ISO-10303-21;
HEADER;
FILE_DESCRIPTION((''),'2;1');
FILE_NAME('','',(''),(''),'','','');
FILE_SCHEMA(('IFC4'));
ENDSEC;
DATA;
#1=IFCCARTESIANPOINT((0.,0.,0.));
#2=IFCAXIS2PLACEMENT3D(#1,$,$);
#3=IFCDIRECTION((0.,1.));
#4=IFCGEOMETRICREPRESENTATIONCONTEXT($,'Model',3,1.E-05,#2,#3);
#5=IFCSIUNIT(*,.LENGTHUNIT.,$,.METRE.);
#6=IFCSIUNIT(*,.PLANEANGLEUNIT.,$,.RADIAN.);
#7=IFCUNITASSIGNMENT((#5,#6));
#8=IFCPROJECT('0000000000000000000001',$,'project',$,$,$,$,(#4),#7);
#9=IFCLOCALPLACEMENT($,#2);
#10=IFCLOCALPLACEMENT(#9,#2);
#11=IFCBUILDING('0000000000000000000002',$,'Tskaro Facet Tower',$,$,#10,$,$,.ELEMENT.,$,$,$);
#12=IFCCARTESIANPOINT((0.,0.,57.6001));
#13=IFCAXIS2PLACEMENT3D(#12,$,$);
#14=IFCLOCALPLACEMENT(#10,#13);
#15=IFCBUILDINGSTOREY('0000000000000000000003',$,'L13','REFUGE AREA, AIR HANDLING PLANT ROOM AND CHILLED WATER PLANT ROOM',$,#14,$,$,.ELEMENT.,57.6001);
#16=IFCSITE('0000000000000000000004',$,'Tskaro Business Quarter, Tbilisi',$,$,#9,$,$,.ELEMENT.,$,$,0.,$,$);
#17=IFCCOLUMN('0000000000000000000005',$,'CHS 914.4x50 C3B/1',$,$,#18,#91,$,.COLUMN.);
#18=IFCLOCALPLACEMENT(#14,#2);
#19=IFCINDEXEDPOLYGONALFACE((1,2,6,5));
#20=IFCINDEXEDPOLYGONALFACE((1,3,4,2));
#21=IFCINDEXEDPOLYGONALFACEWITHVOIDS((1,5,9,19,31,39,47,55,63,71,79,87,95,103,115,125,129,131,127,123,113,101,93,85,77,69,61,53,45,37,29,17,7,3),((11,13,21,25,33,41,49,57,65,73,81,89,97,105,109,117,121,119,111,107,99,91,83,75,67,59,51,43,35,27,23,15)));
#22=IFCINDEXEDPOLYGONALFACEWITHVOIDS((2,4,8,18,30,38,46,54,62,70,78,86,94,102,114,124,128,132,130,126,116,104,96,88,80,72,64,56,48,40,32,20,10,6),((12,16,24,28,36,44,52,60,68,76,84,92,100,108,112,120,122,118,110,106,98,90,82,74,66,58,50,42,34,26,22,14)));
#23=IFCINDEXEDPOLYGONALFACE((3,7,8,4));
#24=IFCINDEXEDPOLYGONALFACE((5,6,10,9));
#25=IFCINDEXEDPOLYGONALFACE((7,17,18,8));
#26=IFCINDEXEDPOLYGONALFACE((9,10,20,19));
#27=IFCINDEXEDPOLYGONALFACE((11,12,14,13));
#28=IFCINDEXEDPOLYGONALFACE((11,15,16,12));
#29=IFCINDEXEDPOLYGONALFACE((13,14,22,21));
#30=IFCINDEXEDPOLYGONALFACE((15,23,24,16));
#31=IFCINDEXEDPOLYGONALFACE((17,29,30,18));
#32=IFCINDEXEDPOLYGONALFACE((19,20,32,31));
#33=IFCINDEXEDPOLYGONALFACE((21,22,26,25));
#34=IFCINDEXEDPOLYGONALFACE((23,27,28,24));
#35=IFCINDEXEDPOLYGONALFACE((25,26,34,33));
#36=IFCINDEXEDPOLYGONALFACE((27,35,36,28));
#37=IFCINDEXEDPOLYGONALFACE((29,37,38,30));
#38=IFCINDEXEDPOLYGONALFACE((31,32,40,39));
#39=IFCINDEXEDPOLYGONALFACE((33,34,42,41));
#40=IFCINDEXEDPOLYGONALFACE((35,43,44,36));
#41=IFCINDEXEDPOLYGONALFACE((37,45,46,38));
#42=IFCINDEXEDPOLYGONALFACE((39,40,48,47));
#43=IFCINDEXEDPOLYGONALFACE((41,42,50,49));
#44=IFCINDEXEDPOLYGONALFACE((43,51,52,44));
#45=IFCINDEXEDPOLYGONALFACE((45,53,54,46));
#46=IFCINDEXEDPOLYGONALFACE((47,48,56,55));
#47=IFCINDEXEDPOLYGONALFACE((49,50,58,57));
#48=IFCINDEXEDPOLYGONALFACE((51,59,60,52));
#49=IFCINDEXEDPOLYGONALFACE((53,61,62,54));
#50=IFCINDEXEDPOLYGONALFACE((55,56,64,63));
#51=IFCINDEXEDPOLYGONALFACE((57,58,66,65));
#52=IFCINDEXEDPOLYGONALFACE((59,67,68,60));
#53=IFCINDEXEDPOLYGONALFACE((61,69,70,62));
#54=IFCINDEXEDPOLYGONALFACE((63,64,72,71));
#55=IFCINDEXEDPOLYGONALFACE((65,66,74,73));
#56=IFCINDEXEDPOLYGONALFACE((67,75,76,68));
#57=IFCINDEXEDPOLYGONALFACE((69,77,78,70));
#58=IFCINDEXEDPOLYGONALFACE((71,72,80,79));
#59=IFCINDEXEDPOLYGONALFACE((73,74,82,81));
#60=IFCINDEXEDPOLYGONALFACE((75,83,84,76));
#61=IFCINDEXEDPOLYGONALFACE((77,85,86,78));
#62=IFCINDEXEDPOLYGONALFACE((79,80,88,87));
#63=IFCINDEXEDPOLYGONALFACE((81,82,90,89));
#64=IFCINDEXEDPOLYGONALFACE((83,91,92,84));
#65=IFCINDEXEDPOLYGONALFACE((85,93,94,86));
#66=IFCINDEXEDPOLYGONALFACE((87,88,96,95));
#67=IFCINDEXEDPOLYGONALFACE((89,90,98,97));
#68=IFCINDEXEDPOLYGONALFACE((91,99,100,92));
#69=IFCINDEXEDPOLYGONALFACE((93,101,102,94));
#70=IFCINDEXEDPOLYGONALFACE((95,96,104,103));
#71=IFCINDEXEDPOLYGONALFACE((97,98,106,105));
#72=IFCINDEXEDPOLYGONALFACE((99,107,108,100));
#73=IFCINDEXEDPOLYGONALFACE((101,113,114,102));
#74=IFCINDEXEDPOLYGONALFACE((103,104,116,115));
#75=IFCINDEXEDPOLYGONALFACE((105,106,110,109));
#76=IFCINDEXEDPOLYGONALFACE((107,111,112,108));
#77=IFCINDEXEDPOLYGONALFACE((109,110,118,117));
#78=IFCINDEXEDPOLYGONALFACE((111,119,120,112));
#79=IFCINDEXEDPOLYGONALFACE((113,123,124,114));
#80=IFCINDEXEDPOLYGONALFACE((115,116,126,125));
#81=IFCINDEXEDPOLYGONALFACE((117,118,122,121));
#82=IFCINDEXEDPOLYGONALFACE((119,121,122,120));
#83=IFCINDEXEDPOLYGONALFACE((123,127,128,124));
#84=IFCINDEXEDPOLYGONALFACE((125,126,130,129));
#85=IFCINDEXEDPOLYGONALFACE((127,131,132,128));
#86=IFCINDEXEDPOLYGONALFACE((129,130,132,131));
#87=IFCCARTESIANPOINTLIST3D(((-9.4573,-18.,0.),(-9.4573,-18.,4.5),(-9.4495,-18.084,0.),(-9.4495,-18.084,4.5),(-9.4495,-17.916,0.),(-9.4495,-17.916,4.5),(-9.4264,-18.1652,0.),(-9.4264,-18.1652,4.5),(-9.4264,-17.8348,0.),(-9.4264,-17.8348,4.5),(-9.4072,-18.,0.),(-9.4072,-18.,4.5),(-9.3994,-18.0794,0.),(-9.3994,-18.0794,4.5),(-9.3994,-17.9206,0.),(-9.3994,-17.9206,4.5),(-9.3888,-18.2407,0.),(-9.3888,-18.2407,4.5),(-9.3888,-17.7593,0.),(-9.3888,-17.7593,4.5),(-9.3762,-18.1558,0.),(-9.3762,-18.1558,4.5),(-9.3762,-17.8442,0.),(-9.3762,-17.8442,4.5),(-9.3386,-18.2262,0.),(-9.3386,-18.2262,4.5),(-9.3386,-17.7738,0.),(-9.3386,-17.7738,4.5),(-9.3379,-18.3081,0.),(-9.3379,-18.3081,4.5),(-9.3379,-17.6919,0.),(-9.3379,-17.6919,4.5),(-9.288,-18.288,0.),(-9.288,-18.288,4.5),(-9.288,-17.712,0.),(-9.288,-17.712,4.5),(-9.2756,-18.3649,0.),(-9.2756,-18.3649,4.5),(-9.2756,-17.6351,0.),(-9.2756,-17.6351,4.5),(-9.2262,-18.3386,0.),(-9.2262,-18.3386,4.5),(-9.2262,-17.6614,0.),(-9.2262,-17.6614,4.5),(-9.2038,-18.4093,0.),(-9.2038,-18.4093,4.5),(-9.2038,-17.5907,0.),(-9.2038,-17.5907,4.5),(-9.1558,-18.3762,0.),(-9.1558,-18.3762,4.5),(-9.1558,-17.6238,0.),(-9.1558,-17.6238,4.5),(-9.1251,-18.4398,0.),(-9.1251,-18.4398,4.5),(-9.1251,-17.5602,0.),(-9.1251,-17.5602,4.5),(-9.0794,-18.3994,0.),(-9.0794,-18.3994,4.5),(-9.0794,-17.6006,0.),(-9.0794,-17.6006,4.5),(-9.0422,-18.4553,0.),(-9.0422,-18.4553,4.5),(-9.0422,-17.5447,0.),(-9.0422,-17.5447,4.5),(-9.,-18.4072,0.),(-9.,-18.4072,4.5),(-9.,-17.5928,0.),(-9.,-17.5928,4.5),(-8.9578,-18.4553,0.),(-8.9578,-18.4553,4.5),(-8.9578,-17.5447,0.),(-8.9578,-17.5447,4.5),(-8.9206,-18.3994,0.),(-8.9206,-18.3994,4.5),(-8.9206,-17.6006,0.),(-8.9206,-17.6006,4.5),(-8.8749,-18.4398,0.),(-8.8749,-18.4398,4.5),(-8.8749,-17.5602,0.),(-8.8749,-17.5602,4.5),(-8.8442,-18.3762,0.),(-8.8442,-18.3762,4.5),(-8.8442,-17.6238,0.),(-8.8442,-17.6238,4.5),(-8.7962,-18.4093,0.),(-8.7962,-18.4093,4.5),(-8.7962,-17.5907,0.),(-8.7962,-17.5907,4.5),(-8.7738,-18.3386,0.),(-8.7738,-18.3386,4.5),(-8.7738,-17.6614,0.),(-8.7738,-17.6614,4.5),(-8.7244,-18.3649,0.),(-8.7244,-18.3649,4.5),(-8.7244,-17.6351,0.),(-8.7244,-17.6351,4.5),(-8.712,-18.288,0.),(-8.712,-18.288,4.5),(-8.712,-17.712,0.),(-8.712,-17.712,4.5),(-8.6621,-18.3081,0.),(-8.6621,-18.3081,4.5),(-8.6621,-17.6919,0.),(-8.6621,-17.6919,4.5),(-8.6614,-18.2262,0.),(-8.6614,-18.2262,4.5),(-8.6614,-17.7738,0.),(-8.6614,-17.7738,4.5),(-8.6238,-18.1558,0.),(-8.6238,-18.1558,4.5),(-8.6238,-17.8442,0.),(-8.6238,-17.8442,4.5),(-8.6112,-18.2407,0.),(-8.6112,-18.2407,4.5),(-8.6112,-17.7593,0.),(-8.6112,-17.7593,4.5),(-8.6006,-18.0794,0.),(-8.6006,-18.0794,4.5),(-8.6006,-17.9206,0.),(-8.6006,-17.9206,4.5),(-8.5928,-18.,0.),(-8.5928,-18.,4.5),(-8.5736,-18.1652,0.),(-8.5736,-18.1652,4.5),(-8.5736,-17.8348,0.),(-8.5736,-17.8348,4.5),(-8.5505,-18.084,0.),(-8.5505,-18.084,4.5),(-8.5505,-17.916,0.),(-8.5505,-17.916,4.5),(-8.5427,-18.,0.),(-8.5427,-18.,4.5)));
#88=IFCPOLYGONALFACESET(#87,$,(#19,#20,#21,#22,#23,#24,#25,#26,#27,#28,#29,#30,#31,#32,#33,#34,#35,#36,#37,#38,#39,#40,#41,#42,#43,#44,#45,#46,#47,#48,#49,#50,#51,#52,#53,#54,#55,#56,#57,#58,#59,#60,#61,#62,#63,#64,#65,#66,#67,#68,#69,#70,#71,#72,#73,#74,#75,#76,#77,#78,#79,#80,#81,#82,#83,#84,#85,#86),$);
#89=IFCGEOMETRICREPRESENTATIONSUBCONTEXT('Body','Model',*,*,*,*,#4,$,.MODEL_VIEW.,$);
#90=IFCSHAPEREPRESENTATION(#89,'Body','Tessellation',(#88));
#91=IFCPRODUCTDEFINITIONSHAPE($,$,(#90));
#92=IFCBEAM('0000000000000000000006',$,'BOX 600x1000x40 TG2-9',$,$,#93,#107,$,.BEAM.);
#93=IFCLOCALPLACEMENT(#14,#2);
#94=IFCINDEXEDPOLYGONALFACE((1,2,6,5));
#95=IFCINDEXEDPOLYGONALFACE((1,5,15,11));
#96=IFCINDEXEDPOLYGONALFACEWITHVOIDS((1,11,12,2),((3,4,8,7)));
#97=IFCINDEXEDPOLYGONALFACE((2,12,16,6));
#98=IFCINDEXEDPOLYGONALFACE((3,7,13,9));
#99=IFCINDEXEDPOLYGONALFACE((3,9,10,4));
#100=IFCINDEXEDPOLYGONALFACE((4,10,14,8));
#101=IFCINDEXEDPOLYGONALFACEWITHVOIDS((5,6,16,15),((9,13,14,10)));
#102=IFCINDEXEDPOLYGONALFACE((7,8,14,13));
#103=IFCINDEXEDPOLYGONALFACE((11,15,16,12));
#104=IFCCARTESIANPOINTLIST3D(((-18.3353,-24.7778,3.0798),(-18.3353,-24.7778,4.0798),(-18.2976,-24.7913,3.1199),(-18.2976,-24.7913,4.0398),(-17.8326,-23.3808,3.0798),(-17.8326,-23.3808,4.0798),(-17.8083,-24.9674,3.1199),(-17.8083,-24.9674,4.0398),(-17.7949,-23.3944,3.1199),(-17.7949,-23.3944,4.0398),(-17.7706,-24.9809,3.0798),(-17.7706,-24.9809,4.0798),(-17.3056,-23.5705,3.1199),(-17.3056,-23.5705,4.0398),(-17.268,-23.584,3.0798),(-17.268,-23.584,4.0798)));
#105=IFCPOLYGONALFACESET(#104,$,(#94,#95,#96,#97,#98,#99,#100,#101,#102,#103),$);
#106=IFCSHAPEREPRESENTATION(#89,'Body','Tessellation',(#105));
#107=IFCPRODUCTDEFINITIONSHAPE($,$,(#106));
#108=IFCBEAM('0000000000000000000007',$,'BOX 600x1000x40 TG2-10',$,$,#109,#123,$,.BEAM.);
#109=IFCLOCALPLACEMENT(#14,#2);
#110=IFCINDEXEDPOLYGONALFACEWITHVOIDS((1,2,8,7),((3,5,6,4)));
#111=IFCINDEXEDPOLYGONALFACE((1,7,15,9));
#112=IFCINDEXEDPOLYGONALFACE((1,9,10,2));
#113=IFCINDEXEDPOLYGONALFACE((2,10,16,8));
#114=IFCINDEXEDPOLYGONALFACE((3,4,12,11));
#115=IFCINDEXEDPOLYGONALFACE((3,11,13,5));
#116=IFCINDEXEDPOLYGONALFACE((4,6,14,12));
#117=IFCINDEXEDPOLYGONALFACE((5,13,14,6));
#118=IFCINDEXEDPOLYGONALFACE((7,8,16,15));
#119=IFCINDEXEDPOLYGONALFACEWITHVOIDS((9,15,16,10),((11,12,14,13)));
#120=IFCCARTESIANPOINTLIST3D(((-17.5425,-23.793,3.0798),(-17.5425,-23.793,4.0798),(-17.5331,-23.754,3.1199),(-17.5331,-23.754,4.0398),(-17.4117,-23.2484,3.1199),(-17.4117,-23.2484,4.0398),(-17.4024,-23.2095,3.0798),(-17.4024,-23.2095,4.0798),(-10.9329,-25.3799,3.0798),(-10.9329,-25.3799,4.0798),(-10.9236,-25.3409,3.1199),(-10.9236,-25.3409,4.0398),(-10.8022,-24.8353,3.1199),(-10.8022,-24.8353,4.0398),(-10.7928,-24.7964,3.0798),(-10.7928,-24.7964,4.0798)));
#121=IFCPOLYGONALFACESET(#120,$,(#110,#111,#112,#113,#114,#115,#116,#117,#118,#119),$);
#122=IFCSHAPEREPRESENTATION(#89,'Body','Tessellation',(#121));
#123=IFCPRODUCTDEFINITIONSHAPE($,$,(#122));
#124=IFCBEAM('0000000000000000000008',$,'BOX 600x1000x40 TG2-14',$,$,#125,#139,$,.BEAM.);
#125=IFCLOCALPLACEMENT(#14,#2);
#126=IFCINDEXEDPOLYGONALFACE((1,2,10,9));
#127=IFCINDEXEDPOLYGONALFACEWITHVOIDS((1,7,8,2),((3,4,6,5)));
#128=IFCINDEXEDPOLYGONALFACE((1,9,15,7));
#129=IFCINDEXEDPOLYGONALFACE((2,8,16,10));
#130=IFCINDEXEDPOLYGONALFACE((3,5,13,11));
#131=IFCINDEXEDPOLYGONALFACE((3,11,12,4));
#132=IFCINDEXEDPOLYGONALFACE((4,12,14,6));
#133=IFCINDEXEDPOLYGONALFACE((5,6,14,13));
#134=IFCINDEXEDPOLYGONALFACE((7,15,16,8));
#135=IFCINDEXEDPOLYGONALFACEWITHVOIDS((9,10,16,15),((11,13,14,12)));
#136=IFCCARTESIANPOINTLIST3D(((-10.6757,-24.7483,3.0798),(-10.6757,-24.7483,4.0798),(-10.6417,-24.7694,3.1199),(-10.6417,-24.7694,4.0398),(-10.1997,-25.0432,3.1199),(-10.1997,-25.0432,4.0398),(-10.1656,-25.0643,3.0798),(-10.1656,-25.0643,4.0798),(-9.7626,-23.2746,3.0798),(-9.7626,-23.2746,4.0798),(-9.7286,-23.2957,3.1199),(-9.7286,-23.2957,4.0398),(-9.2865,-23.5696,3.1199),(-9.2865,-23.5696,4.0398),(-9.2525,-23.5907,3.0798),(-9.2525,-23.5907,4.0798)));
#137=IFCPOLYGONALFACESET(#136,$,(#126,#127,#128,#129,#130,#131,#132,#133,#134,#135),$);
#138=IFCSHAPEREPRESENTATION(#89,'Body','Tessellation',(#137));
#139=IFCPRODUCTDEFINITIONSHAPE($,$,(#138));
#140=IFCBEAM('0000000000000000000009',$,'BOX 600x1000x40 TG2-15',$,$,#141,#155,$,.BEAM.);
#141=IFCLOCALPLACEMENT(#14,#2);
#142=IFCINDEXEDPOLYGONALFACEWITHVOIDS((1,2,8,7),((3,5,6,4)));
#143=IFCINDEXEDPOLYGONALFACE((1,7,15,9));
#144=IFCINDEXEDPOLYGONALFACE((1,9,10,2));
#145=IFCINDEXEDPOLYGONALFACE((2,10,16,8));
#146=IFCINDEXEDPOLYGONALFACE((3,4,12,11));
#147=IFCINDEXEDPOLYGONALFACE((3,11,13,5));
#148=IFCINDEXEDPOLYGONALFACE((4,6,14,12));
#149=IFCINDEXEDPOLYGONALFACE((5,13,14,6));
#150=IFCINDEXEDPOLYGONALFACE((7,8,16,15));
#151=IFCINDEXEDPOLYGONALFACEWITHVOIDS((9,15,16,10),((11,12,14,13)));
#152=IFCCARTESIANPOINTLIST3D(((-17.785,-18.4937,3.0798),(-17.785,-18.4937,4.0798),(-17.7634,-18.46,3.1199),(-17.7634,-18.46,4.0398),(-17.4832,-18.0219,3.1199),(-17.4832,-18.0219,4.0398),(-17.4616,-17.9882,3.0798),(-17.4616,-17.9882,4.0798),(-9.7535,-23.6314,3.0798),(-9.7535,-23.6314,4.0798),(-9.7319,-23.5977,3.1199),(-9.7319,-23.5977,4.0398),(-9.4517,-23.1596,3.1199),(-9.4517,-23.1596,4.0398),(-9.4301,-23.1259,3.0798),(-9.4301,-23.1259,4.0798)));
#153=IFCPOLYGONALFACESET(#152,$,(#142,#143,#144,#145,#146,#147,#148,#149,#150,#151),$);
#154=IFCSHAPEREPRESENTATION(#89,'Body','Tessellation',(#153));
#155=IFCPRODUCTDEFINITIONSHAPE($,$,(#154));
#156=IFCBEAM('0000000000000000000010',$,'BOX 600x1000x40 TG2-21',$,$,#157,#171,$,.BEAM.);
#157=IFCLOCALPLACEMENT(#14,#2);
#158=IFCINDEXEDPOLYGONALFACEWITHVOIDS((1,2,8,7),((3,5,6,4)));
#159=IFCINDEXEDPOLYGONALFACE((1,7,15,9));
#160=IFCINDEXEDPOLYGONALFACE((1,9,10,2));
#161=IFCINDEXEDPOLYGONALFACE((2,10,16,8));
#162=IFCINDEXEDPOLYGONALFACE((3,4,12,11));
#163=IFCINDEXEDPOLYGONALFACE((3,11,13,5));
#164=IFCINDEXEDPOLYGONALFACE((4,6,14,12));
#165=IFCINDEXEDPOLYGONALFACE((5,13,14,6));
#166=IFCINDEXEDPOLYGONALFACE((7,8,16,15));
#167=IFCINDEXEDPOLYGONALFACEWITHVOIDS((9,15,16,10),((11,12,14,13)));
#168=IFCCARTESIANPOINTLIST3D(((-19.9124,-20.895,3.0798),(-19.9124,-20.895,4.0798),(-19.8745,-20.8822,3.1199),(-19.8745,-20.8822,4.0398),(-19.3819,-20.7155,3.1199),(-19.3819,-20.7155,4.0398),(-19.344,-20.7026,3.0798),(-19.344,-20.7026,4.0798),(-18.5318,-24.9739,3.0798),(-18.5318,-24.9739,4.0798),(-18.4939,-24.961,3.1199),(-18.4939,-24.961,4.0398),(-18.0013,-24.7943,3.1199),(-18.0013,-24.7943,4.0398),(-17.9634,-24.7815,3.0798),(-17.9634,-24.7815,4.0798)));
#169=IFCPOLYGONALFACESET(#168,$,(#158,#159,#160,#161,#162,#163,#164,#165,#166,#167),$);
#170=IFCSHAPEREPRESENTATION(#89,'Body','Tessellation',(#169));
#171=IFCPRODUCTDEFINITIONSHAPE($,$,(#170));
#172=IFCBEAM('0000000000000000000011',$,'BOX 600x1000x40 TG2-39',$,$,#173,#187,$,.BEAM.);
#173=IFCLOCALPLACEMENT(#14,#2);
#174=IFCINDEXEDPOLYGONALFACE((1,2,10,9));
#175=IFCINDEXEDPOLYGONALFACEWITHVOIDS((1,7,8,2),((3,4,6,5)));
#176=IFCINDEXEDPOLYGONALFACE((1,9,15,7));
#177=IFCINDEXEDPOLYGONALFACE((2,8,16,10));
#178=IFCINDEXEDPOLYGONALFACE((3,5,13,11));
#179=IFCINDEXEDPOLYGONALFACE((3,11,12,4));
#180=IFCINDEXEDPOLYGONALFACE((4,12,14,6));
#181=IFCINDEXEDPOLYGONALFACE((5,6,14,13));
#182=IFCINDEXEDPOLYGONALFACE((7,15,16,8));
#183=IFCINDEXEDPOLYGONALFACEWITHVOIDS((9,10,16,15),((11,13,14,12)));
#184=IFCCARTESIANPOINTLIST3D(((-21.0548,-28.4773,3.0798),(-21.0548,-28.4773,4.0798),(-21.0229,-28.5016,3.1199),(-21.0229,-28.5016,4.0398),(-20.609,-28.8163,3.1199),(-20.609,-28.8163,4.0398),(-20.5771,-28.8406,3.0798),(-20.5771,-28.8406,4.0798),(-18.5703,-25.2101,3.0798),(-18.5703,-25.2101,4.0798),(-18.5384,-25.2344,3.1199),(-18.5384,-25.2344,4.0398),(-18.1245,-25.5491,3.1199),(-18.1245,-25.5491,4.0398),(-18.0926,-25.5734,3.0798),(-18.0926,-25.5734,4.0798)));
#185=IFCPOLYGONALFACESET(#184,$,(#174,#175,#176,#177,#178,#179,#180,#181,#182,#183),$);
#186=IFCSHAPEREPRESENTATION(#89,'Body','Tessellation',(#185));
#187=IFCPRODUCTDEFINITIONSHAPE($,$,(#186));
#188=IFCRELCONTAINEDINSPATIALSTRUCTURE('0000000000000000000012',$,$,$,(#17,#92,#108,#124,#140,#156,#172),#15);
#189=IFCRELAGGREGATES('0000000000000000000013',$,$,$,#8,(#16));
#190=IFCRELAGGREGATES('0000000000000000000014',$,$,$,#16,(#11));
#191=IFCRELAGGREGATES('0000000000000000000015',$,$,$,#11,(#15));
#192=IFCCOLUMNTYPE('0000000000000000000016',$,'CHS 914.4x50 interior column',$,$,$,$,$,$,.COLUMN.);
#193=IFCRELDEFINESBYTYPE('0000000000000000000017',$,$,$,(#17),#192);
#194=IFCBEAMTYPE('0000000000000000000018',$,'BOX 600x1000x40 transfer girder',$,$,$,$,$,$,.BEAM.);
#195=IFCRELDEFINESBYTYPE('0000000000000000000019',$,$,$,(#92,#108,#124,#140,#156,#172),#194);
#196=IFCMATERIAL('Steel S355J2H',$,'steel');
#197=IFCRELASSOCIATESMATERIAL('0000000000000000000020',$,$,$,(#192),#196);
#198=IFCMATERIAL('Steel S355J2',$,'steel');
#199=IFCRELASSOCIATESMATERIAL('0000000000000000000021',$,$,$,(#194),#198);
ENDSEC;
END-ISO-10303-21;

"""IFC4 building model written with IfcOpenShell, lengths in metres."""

from ifc_helpers import new_model, si_unit, direction, frame, origin, origin_2d, place, context, subcontext, project, spatial, hollow_rectangle, hollow_circle, extrude, material, material_profile, profile_set, type_object, element, save


model = new_model("IFC4")

# Units and contexts
model_context = context("Model", 3, precision=1e-05, world=origin(), true_north=direction((0.0, 1.0)))
body_context = subcontext(model_context, "Body", "Model", "MODEL_VIEW")
ifc_project = project(units=[si_unit("LENGTHUNIT", "METRE"), si_unit("PLANEANGLEUNIT", "RADIAN")], contexts=[model_context])

# Site, building, storey
site_placement = place(None, origin())
site = spatial("IfcSite", under=ifc_project, at=site_placement, Name="Tskaro Business Quarter, Tbilisi", CompositionType="ELEMENT", RefElevation=0.0)
building_placement = place(site_placement, origin())
building = spatial("IfcBuilding", under=site, at=building_placement, Name="Tskaro Facet Tower", CompositionType="ELEMENT")
storey_placement = place(building_placement, frame((0.0, 0.0, 57.6001)))
storey = spatial("IfcBuildingStorey", under=building, at=storey_placement, Name="L13", Description="REFUGE AREA, AIR HANDLING PLANT ROOM AND CHILLED WATER PLANT ROOM", CompositionType="ELEMENT", Elevation=57.6001)

# Column
ifc_material_1 = material(Name="Steel S355J2H", Category="steel")
ifc_material_profile_1 = material_profile(ifc_material_1, hollow_circle(Radius=0.4573, WallThickness=0.05, at=origin_2d()), Name="CHS 914.4x50")
ifc_profile_set_1 = profile_set([ifc_material_profile_1], Name="Steel S355J2H")
column_type_1 = type_object("IfcColumnType", Name="CHS 914.4x50 interior column", PredefinedType="COLUMN", material=ifc_profile_set_1)
column_1_placement = place(storey_placement, frame((-9.0, -18.0, 0.0), z_axis=(0.0, 0.0, 1.0), x_axis=(1.0, 0.0, 0.0)))
element("IfcColumn", 1, at=column_1_placement, inside=storey, type_object=column_type_1, Name="CHS 914.4x50 C3B/1", PredefinedType="COLUMN", context=body_context, shape_type="SweptSolid", body=[
    extrude(hollow_circle(Radius=0.4573, WallThickness=0.05, at=origin_2d()), origin(), (0.0, 0.0, 1.0), 4.5),
])

# Beams
ifc_material_2 = material(Name="Steel S355J2", Category="steel")
ifc_material_profile_2 = material_profile(ifc_material_2, hollow_rectangle(XDim=0.6001, YDim=1.0, WallThickness=0.04, at=origin_2d()), Name="BOX 600x1000x40")
ifc_profile_set_2 = profile_set([ifc_material_profile_2], Name="Steel S355J2")
beam_type_1 = type_object("IfcBeamType", Name="BOX 600x1000x40 transfer girder", PredefinedType="BEAM", material=ifc_profile_set_2)
beam_1_placement = place(storey_placement, frame((-17.5503, -23.4824, 3.5798), z_axis=(-0.338586, -0.940936, 0.0), x_axis=(0.940936, -0.338586, 0.0)))
element("IfcBeam", 2, at=beam_1_placement, inside=storey, type_object=beam_type_1, Name="BOX 600x1000x40 TG2-9", PredefinedType="BEAM", context=body_context, shape_type="SweptSolid", body=[
    extrude(hollow_rectangle(XDim=0.6001, YDim=1.0, WallThickness=0.04, at=origin_2d()), origin(), (0.0, 0.0, 1.0), 1.4846),
])
beam_2_placement = place(storey_placement, frame((-17.4724, -23.5012, 3.5798), z_axis=(0.972367, -0.233457, 0.0), x_axis=(0.233457, 0.972367, 0.0)))
element("IfcBeam", 3, at=beam_2_placement, inside=storey, type_object=beam_type_1, Name="BOX 600x1000x40 TG2-10", PredefinedType="BEAM", context=body_context, shape_type="SweptSolid", body=[
    extrude(hollow_rectangle(XDim=0.6001, YDim=1.0, WallThickness=0.04, at=origin_2d()), origin(), (0.0, 0.0, 1.0), 6.7974),
])
beam_3_placement = place(storey_placement, frame((-9.5076, -23.4326, 3.5798), z_axis=(-0.526704, -0.850049, 0.0), x_axis=(0.850049, -0.526704, 0.0)))
element("IfcBeam", 4, at=beam_3_placement, inside=storey, type_object=beam_type_1, Name="BOX 600x1000x40 TG2-14", PredefinedType="BEAM", context=body_context, shape_type="SweptSolid", body=[
    extrude(hollow_rectangle(XDim=0.6001, YDim=1.0, WallThickness=0.04, at=origin_2d()), origin(), (0.0, 0.0, 1.0), 1.7336),
])
beam_4_placement = place(storey_placement, frame((-9.5918, -23.3787, 3.5798), z_axis=(-0.842389, 0.538871, 0.0), x_axis=(-0.538871, -0.842389, 0.0)))
element("IfcBeam", 5, at=beam_4_placement, inside=storey, type_object=beam_type_1, Name="BOX 600x1000x40 TG2-15", PredefinedType="BEAM", context=body_context, shape_type="SweptSolid", body=[
    extrude(hollow_rectangle(XDim=0.6001, YDim=1.0, WallThickness=0.04, at=origin_2d()), origin(), (0.0, 0.0, 1.0), 9.5342),
])
beam_5_placement = place(storey_placement, frame((-19.6282, -20.7988, 3.5798), z_axis=(0.320613, -0.94721, 0.0), x_axis=(0.94721, 0.320613, 0.0)))
element("IfcBeam", 6, at=beam_5_placement, inside=storey, type_object=beam_type_1, Name="BOX 600x1000x40 TG2-21", PredefinedType="BEAM", context=body_context, shape_type="SweptSolid", body=[
    extrude(hollow_rectangle(XDim=0.6001, YDim=1.0, WallThickness=0.04, at=origin_2d()), origin(), (0.0, 0.0, 1.0), 4.3062),
])
beam_6_placement = place(storey_placement, frame((-20.8159, -28.6589, 3.5798), z_axis=(0.605297, 0.795999, 0.0), x_axis=(-0.795999, 0.605297, 0.0)))
element("IfcBeam", 7, at=beam_6_placement, inside=storey, type_object=beam_type_1, Name="BOX 600x1000x40 TG2-39", PredefinedType="BEAM", context=body_context, shape_type="SweptSolid", body=[
    extrude(hollow_rectangle(XDim=0.6001, YDim=1.0, WallThickness=0.04, at=origin_2d()), origin(), (0.0, 0.0, 1.0), 4.1045),
])

save(model, "model.ifc")
